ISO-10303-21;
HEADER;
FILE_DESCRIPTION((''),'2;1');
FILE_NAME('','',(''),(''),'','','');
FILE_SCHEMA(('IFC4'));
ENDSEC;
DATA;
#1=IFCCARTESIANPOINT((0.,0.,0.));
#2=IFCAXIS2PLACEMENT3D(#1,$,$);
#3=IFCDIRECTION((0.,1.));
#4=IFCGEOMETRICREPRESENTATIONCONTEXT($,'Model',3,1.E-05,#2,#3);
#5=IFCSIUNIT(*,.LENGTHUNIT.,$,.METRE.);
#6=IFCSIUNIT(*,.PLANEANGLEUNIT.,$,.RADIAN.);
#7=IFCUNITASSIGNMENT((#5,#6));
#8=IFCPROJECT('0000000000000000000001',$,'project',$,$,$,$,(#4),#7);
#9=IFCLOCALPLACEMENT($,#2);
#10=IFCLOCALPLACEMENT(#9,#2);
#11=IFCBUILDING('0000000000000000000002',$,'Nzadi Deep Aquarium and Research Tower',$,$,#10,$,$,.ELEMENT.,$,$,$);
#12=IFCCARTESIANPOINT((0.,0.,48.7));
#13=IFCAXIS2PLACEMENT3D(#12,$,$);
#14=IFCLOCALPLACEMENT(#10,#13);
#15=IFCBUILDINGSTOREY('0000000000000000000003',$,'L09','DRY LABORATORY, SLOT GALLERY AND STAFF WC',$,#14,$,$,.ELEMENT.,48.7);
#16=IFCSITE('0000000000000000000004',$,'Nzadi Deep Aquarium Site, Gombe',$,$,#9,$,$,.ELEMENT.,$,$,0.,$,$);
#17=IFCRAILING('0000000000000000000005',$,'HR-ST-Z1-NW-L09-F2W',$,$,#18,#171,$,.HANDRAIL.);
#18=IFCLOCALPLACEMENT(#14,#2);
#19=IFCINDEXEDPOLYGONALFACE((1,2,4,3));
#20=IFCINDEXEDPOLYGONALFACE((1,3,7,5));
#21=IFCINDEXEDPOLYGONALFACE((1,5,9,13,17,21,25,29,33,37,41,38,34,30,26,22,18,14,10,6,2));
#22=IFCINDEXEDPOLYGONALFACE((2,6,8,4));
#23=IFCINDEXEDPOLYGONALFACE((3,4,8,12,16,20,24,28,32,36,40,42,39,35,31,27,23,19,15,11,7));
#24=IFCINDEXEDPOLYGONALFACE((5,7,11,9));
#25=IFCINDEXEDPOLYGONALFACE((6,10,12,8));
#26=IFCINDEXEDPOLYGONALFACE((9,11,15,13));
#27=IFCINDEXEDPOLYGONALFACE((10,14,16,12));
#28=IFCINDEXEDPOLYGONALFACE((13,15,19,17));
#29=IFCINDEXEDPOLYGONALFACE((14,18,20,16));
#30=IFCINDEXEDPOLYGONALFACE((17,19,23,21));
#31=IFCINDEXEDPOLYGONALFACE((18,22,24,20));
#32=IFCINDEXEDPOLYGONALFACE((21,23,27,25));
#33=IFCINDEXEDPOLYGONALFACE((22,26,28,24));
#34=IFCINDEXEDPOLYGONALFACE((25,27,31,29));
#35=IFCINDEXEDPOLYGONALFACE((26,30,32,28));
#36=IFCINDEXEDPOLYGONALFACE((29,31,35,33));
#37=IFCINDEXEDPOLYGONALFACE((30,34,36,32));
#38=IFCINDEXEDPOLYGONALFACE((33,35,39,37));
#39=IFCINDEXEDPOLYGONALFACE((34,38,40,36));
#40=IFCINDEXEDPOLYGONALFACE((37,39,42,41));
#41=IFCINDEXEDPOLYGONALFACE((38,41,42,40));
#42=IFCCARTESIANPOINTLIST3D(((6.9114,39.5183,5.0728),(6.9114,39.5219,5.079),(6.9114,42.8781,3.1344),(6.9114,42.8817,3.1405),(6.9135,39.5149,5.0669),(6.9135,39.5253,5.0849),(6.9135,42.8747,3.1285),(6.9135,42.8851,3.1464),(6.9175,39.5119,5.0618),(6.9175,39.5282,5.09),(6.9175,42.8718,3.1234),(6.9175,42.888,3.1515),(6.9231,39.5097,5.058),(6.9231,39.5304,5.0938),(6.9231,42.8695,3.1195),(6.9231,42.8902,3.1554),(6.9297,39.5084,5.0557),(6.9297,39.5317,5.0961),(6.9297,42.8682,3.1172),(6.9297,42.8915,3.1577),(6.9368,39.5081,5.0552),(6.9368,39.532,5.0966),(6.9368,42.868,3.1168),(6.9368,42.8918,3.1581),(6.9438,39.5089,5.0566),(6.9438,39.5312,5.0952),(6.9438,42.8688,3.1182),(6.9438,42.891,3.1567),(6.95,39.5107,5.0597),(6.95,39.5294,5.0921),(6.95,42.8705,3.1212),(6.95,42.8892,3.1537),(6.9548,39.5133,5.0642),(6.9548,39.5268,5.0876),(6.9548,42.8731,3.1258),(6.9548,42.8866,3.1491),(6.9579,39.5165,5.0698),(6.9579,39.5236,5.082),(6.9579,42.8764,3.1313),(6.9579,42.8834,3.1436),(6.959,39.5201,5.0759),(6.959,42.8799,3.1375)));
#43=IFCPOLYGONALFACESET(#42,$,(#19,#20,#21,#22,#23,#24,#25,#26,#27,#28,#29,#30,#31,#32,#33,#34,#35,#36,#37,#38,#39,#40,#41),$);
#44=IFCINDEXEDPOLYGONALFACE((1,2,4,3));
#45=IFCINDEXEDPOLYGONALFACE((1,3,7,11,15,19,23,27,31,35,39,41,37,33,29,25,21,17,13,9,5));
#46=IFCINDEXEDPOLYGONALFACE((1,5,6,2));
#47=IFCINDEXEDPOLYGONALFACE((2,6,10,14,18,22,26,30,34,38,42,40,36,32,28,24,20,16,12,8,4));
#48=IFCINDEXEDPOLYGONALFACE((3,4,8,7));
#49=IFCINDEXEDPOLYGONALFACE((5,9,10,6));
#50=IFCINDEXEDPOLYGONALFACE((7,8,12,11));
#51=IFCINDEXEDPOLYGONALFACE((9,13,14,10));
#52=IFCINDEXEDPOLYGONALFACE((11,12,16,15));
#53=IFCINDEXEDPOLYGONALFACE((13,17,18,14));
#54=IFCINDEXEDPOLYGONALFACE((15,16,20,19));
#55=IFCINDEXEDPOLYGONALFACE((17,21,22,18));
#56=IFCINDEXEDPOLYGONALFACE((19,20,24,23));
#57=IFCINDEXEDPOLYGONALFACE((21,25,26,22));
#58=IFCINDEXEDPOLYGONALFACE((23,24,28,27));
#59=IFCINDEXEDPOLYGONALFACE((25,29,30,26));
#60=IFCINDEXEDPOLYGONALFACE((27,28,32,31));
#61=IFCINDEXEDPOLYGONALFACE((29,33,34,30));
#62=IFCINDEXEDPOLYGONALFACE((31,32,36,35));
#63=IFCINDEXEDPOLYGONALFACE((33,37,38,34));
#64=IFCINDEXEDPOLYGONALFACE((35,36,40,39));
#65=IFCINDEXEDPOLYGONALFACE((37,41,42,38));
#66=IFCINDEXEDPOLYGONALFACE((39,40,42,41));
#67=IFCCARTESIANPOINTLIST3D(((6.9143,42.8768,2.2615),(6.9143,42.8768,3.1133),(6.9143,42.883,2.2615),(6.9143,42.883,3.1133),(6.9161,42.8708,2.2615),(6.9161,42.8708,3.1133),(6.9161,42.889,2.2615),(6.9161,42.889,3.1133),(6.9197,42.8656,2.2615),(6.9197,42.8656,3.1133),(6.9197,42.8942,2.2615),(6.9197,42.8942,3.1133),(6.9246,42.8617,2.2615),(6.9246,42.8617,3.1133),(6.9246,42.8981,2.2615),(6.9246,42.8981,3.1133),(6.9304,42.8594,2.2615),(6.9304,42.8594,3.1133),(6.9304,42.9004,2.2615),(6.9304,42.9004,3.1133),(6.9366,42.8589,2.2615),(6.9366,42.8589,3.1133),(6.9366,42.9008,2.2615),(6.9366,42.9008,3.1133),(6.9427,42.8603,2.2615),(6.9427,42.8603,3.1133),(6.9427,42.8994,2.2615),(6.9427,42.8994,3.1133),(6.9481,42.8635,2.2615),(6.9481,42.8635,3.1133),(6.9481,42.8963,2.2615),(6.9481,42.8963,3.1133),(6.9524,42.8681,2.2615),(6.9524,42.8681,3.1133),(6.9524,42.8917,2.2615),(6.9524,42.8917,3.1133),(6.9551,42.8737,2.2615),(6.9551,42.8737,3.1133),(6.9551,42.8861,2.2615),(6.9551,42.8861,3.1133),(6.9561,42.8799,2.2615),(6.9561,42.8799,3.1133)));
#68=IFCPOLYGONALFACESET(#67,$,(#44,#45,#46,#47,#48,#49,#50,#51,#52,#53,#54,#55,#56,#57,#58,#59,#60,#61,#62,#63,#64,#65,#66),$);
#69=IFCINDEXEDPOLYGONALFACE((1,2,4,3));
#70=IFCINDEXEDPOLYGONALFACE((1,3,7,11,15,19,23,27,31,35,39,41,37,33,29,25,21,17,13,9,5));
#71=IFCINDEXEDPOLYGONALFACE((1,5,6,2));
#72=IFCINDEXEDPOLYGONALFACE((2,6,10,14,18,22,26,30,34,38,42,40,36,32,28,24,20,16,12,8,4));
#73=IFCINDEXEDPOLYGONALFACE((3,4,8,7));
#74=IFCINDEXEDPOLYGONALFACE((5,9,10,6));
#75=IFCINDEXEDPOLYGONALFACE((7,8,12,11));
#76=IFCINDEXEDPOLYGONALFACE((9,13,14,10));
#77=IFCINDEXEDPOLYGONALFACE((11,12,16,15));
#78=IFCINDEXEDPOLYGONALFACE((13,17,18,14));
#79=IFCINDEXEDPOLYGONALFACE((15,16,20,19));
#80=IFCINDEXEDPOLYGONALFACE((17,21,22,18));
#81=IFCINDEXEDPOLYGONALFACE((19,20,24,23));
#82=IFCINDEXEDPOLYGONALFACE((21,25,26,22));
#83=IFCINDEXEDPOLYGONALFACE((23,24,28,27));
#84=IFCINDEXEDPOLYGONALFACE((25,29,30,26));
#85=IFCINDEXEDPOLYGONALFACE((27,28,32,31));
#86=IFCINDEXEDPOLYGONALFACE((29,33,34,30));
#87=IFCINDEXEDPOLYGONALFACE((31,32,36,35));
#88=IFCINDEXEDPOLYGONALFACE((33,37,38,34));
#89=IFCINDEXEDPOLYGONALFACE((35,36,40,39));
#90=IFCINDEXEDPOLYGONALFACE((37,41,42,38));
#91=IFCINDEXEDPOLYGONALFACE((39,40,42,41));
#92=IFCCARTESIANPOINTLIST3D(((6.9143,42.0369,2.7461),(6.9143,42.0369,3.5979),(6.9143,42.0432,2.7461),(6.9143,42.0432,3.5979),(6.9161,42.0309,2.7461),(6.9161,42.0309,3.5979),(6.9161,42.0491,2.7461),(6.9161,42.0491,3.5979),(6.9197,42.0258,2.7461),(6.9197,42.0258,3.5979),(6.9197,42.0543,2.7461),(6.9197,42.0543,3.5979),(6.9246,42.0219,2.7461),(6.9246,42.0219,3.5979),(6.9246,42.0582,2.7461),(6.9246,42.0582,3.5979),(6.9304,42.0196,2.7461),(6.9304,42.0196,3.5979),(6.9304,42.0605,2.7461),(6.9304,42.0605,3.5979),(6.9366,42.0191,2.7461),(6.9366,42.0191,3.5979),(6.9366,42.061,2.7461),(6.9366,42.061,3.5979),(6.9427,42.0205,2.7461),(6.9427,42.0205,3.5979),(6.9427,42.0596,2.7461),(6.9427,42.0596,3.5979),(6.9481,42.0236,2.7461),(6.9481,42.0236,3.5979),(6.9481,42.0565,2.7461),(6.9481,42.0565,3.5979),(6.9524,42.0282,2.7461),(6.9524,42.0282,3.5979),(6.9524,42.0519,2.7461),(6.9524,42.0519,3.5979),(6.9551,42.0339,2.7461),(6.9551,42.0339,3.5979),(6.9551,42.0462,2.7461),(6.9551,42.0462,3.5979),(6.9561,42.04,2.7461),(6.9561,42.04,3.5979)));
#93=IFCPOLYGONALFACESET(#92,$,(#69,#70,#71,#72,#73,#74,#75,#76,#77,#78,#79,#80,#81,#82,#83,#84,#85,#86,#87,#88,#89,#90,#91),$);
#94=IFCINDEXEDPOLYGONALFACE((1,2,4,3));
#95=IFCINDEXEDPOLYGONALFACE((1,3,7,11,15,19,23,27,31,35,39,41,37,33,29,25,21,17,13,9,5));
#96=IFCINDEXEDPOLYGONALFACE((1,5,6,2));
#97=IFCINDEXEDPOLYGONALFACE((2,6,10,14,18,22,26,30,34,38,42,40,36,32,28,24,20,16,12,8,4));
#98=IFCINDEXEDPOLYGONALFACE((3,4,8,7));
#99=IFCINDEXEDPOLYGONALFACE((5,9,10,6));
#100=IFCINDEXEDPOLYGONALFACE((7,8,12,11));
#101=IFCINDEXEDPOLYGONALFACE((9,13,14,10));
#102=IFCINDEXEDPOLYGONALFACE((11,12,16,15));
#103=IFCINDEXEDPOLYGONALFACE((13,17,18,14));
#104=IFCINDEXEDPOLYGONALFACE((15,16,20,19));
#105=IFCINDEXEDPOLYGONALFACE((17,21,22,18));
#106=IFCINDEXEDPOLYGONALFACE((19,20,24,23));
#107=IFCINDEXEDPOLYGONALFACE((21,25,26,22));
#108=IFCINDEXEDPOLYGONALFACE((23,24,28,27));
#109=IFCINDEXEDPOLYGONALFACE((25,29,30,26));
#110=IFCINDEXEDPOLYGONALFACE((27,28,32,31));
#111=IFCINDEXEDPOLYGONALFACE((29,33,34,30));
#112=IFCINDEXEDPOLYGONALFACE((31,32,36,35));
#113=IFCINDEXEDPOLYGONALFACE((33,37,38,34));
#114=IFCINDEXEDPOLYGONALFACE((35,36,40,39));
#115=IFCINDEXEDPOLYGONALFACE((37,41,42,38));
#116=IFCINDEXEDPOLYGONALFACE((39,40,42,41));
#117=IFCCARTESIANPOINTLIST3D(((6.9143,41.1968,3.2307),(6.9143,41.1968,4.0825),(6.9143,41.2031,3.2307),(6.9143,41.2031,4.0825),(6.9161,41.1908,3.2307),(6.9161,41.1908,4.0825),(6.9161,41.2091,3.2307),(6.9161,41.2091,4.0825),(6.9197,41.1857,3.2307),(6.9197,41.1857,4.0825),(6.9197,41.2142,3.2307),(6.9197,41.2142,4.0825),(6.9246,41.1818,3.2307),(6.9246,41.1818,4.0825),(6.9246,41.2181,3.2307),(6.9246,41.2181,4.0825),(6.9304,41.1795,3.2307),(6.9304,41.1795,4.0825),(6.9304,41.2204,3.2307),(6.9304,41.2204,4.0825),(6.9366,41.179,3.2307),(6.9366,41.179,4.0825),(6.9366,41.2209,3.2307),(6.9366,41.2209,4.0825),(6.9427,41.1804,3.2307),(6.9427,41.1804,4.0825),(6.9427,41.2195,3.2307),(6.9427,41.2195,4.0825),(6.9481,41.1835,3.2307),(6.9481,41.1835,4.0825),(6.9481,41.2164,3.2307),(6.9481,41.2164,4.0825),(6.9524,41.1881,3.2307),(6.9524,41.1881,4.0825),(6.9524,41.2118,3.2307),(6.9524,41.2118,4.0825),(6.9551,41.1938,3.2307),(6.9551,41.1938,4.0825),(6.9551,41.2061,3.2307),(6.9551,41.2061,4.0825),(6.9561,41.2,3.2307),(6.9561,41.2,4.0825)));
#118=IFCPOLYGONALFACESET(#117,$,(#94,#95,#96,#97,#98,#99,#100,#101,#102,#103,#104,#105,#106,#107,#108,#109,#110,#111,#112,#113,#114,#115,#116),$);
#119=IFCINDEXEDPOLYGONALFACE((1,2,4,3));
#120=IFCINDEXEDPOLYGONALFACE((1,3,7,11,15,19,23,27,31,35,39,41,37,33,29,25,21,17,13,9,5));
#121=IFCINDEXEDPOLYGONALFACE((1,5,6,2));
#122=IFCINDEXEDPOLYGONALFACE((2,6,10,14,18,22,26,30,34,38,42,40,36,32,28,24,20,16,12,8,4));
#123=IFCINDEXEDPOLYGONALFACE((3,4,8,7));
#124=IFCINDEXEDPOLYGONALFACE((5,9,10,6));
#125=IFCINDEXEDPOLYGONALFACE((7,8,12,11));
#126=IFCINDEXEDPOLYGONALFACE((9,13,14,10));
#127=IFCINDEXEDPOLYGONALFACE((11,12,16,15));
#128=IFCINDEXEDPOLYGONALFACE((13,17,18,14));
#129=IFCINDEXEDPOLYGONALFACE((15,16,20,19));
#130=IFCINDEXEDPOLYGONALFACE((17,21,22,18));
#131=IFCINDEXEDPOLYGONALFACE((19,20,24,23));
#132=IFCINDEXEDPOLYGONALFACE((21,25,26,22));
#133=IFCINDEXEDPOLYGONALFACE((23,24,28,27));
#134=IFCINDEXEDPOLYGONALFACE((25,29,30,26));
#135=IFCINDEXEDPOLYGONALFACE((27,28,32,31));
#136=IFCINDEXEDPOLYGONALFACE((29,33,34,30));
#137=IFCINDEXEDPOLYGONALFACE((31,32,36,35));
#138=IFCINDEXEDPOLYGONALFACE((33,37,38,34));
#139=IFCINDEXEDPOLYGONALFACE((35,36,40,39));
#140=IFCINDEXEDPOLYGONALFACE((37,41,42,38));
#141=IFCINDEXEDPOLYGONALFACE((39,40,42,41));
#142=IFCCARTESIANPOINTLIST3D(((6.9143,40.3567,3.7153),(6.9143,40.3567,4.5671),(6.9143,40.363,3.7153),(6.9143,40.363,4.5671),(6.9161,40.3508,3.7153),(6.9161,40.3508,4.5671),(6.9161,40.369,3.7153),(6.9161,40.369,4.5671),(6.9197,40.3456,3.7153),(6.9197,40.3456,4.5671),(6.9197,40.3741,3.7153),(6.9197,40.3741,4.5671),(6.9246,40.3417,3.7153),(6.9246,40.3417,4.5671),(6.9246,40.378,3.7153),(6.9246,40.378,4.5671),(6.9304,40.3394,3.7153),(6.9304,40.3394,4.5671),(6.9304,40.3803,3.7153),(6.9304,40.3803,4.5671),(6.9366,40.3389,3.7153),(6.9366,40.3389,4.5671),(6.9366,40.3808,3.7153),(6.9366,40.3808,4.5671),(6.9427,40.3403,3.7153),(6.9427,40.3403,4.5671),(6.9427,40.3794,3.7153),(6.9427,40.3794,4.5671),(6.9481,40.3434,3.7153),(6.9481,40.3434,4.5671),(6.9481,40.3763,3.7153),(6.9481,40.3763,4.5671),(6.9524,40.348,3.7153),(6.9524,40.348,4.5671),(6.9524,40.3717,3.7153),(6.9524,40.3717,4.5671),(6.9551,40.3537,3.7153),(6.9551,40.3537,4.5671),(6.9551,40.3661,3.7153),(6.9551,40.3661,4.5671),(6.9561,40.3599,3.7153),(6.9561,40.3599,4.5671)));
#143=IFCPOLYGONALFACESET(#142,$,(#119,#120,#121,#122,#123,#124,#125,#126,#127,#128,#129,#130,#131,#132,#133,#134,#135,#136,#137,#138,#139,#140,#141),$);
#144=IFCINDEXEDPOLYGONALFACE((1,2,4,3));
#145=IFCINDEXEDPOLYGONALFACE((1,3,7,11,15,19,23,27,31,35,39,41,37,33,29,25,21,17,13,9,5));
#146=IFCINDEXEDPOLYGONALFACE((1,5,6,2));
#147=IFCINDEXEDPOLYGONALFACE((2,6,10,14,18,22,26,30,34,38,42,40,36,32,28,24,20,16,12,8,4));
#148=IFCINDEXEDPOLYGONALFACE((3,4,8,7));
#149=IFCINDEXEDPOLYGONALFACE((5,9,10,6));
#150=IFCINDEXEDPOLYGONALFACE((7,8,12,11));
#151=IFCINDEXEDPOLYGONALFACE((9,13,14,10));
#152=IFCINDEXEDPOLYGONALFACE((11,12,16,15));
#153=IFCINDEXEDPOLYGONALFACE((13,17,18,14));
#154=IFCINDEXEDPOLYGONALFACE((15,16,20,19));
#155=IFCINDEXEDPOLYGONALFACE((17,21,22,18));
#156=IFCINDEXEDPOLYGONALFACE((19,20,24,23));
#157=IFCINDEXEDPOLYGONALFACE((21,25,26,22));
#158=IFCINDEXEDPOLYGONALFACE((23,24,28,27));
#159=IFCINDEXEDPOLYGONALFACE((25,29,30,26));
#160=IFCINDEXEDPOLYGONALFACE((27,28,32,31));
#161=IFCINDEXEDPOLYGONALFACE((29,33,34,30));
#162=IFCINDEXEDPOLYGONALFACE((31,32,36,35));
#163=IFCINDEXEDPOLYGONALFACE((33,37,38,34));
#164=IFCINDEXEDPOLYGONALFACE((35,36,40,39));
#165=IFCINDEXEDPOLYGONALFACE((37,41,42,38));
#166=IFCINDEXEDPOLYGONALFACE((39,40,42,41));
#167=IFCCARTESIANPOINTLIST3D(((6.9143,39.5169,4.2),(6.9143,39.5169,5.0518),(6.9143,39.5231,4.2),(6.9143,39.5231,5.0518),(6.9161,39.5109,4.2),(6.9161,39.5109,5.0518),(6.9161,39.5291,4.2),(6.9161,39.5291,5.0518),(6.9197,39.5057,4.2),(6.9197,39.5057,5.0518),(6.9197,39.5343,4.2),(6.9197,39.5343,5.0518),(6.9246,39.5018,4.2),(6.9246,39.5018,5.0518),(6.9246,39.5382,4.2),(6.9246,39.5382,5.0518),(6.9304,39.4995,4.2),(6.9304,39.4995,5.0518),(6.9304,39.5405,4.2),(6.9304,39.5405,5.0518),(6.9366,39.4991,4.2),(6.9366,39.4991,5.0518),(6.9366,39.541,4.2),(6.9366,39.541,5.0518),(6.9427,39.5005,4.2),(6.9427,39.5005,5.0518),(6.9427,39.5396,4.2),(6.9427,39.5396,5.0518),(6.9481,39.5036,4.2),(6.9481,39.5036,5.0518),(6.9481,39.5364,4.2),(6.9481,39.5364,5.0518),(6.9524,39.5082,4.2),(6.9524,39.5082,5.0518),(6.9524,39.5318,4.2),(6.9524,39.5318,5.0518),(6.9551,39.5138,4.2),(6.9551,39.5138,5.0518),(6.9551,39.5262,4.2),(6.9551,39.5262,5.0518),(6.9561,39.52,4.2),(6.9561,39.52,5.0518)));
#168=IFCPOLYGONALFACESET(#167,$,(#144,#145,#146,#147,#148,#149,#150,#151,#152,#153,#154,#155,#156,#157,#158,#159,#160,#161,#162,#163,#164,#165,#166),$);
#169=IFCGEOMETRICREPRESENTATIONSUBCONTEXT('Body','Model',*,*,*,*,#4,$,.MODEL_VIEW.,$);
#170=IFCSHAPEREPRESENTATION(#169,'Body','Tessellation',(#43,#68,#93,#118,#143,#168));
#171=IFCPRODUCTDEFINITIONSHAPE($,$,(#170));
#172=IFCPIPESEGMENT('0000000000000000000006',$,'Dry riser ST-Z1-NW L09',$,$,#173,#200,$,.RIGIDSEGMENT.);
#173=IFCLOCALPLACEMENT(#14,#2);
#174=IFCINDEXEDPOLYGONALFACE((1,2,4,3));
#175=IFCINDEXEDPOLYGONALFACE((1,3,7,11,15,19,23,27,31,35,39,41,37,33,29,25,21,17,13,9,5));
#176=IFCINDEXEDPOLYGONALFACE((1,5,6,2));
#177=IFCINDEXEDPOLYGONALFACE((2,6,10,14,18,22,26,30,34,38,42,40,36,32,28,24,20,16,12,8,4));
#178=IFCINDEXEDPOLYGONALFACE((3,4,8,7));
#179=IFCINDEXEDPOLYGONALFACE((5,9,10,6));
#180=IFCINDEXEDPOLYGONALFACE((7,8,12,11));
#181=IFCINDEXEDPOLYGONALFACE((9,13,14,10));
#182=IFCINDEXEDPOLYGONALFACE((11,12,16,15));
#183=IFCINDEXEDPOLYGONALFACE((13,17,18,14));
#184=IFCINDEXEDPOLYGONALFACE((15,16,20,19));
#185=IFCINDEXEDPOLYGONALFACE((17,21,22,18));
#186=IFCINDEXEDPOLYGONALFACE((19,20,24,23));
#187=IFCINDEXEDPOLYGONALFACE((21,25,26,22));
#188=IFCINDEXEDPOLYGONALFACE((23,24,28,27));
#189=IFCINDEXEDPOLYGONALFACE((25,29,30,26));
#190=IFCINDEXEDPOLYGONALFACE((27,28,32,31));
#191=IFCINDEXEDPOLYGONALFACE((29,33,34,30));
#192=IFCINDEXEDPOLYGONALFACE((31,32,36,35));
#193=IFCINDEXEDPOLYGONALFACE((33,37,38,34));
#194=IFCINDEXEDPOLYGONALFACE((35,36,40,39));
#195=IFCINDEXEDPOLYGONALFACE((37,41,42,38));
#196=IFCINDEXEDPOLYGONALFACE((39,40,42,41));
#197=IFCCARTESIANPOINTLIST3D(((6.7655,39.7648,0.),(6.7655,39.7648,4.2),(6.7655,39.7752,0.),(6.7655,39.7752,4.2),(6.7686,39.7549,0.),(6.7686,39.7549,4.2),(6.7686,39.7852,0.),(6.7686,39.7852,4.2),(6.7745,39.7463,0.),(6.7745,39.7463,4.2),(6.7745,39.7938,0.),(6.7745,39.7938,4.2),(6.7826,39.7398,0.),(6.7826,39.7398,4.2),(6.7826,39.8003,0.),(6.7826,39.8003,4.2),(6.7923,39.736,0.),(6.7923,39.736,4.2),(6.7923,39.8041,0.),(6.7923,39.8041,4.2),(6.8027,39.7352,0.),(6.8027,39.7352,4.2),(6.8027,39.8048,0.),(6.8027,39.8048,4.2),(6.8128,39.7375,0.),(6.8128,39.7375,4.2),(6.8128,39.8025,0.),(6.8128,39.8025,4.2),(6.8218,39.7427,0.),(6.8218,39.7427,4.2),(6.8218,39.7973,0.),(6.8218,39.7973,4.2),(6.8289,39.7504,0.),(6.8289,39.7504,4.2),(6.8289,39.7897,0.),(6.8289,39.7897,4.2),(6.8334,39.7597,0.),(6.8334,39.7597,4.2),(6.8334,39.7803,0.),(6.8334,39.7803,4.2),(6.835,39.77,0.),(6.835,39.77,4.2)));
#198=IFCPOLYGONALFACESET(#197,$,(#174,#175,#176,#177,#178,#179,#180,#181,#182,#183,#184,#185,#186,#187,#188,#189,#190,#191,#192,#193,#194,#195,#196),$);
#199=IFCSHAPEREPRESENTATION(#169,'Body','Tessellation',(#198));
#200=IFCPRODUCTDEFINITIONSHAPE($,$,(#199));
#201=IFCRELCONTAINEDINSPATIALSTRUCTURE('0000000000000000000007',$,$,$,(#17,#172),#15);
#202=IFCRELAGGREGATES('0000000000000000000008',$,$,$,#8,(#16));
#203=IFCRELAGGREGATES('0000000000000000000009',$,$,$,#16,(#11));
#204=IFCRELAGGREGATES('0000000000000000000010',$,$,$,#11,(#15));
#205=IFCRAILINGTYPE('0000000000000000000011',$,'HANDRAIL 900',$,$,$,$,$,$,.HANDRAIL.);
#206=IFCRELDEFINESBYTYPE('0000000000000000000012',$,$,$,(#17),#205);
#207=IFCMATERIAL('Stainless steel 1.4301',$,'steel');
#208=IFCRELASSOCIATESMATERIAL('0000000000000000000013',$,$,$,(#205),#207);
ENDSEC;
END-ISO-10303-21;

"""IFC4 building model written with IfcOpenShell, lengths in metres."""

from ifc_helpers import new_model, si_unit, direction, frame, origin, origin_2d, place, context, subcontext, project, spatial, circle, extrude, material, type_object, element, save


model = new_model("IFC4")

# Units and contexts
model_context = context("Model", 3, precision=1e-05, world=origin(), true_north=direction((0.0, 1.0)))
body_context = subcontext(model_context, "Body", "Model", "MODEL_VIEW")
ifc_project = project(units=[si_unit("LENGTHUNIT", "METRE"), si_unit("PLANEANGLEUNIT", "RADIAN")], contexts=[model_context])

# Site, building, storey
site_placement = place(None, origin())
site = spatial("IfcSite", under=ifc_project, at=site_placement, Name="Nzadi Deep Aquarium Site, Gombe", CompositionType="ELEMENT", RefElevation=0.0)
building_placement = place(site_placement, origin())
building = spatial("IfcBuilding", under=site, at=building_placement, Name="Nzadi Deep Aquarium and Research Tower", CompositionType="ELEMENT")
storey_placement = place(building_placement, frame((0.0, 0.0, 48.7)))
storey = spatial("IfcBuildingStorey", under=building, at=storey_placement, Name="L09", Description="DRY LABORATORY, SLOT GALLERY AND STAFF WC", CompositionType="ELEMENT", Elevation=48.7)

# Railing
ifc_material_1 = material(Name="Stainless steel 1.4301", Category="steel")
railing_type = type_object("IfcRailingType", Name="HANDRAIL 900", PredefinedType="HANDRAIL", material=ifc_material_1)
railing_placement = place(storey_placement, frame((6.9351, 42.8799, 2.2615)))
element("IfcRailing", 1, at=railing_placement, inside=storey, type_object=railing_type, Name="HR-ST-Z1-NW-L09-F2W", PredefinedType="HANDRAIL", context=body_context, shape_type="SweptSolid", body=[
    extrude(circle(Radius=0.0239, at=origin_2d()), frame((0.0, 0.0, 0.876), z_axis=(0.0, -0.866175, 0.499741), x_axis=(1.0, 0.0, 0.0)), (0.0, 0.0, 1.0), 3.8789),
    extrude(circle(Radius=0.021, at=origin_2d()), origin(), (0.0, 0.0, 1.0), 0.8518),
    extrude(circle(Radius=0.021, at=origin_2d()), frame((0.0, -0.8398, 0.4846)), (0.0, 0.0, 1.0), 0.8518),
    extrude(circle(Radius=0.021, at=origin_2d()), frame((0.0, -1.6799, 0.9692)), (0.0, 0.0, 1.0), 0.8518),
    extrude(circle(Radius=0.021, at=origin_2d()), frame((0.0, -2.52, 1.4539)), (0.0, 0.0, 1.0), 0.8518),
    extrude(circle(Radius=0.021, at=origin_2d()), frame((0.0, -3.3599, 1.9385)), (0.0, 0.0, 1.0), 0.8518),
])

# Pipe segment
pipe_segment_placement = place(storey_placement, frame((6.8, 39.77, 0.0), z_axis=(0.0, 0.0, 1.0), x_axis=(1.0, 0.0, 0.0)))
element("IfcPipeSegment", 2, at=pipe_segment_placement, inside=storey, Name="Dry riser ST-Z1-NW L09", PredefinedType="RIGIDSEGMENT", context=body_context, shape_type="SweptSolid", body=[
    extrude(circle(Radius=0.0349, at=origin_2d()), origin(), (0.0, 0.0, 1.0), 4.2),
])

save(model, "model.ifc")
